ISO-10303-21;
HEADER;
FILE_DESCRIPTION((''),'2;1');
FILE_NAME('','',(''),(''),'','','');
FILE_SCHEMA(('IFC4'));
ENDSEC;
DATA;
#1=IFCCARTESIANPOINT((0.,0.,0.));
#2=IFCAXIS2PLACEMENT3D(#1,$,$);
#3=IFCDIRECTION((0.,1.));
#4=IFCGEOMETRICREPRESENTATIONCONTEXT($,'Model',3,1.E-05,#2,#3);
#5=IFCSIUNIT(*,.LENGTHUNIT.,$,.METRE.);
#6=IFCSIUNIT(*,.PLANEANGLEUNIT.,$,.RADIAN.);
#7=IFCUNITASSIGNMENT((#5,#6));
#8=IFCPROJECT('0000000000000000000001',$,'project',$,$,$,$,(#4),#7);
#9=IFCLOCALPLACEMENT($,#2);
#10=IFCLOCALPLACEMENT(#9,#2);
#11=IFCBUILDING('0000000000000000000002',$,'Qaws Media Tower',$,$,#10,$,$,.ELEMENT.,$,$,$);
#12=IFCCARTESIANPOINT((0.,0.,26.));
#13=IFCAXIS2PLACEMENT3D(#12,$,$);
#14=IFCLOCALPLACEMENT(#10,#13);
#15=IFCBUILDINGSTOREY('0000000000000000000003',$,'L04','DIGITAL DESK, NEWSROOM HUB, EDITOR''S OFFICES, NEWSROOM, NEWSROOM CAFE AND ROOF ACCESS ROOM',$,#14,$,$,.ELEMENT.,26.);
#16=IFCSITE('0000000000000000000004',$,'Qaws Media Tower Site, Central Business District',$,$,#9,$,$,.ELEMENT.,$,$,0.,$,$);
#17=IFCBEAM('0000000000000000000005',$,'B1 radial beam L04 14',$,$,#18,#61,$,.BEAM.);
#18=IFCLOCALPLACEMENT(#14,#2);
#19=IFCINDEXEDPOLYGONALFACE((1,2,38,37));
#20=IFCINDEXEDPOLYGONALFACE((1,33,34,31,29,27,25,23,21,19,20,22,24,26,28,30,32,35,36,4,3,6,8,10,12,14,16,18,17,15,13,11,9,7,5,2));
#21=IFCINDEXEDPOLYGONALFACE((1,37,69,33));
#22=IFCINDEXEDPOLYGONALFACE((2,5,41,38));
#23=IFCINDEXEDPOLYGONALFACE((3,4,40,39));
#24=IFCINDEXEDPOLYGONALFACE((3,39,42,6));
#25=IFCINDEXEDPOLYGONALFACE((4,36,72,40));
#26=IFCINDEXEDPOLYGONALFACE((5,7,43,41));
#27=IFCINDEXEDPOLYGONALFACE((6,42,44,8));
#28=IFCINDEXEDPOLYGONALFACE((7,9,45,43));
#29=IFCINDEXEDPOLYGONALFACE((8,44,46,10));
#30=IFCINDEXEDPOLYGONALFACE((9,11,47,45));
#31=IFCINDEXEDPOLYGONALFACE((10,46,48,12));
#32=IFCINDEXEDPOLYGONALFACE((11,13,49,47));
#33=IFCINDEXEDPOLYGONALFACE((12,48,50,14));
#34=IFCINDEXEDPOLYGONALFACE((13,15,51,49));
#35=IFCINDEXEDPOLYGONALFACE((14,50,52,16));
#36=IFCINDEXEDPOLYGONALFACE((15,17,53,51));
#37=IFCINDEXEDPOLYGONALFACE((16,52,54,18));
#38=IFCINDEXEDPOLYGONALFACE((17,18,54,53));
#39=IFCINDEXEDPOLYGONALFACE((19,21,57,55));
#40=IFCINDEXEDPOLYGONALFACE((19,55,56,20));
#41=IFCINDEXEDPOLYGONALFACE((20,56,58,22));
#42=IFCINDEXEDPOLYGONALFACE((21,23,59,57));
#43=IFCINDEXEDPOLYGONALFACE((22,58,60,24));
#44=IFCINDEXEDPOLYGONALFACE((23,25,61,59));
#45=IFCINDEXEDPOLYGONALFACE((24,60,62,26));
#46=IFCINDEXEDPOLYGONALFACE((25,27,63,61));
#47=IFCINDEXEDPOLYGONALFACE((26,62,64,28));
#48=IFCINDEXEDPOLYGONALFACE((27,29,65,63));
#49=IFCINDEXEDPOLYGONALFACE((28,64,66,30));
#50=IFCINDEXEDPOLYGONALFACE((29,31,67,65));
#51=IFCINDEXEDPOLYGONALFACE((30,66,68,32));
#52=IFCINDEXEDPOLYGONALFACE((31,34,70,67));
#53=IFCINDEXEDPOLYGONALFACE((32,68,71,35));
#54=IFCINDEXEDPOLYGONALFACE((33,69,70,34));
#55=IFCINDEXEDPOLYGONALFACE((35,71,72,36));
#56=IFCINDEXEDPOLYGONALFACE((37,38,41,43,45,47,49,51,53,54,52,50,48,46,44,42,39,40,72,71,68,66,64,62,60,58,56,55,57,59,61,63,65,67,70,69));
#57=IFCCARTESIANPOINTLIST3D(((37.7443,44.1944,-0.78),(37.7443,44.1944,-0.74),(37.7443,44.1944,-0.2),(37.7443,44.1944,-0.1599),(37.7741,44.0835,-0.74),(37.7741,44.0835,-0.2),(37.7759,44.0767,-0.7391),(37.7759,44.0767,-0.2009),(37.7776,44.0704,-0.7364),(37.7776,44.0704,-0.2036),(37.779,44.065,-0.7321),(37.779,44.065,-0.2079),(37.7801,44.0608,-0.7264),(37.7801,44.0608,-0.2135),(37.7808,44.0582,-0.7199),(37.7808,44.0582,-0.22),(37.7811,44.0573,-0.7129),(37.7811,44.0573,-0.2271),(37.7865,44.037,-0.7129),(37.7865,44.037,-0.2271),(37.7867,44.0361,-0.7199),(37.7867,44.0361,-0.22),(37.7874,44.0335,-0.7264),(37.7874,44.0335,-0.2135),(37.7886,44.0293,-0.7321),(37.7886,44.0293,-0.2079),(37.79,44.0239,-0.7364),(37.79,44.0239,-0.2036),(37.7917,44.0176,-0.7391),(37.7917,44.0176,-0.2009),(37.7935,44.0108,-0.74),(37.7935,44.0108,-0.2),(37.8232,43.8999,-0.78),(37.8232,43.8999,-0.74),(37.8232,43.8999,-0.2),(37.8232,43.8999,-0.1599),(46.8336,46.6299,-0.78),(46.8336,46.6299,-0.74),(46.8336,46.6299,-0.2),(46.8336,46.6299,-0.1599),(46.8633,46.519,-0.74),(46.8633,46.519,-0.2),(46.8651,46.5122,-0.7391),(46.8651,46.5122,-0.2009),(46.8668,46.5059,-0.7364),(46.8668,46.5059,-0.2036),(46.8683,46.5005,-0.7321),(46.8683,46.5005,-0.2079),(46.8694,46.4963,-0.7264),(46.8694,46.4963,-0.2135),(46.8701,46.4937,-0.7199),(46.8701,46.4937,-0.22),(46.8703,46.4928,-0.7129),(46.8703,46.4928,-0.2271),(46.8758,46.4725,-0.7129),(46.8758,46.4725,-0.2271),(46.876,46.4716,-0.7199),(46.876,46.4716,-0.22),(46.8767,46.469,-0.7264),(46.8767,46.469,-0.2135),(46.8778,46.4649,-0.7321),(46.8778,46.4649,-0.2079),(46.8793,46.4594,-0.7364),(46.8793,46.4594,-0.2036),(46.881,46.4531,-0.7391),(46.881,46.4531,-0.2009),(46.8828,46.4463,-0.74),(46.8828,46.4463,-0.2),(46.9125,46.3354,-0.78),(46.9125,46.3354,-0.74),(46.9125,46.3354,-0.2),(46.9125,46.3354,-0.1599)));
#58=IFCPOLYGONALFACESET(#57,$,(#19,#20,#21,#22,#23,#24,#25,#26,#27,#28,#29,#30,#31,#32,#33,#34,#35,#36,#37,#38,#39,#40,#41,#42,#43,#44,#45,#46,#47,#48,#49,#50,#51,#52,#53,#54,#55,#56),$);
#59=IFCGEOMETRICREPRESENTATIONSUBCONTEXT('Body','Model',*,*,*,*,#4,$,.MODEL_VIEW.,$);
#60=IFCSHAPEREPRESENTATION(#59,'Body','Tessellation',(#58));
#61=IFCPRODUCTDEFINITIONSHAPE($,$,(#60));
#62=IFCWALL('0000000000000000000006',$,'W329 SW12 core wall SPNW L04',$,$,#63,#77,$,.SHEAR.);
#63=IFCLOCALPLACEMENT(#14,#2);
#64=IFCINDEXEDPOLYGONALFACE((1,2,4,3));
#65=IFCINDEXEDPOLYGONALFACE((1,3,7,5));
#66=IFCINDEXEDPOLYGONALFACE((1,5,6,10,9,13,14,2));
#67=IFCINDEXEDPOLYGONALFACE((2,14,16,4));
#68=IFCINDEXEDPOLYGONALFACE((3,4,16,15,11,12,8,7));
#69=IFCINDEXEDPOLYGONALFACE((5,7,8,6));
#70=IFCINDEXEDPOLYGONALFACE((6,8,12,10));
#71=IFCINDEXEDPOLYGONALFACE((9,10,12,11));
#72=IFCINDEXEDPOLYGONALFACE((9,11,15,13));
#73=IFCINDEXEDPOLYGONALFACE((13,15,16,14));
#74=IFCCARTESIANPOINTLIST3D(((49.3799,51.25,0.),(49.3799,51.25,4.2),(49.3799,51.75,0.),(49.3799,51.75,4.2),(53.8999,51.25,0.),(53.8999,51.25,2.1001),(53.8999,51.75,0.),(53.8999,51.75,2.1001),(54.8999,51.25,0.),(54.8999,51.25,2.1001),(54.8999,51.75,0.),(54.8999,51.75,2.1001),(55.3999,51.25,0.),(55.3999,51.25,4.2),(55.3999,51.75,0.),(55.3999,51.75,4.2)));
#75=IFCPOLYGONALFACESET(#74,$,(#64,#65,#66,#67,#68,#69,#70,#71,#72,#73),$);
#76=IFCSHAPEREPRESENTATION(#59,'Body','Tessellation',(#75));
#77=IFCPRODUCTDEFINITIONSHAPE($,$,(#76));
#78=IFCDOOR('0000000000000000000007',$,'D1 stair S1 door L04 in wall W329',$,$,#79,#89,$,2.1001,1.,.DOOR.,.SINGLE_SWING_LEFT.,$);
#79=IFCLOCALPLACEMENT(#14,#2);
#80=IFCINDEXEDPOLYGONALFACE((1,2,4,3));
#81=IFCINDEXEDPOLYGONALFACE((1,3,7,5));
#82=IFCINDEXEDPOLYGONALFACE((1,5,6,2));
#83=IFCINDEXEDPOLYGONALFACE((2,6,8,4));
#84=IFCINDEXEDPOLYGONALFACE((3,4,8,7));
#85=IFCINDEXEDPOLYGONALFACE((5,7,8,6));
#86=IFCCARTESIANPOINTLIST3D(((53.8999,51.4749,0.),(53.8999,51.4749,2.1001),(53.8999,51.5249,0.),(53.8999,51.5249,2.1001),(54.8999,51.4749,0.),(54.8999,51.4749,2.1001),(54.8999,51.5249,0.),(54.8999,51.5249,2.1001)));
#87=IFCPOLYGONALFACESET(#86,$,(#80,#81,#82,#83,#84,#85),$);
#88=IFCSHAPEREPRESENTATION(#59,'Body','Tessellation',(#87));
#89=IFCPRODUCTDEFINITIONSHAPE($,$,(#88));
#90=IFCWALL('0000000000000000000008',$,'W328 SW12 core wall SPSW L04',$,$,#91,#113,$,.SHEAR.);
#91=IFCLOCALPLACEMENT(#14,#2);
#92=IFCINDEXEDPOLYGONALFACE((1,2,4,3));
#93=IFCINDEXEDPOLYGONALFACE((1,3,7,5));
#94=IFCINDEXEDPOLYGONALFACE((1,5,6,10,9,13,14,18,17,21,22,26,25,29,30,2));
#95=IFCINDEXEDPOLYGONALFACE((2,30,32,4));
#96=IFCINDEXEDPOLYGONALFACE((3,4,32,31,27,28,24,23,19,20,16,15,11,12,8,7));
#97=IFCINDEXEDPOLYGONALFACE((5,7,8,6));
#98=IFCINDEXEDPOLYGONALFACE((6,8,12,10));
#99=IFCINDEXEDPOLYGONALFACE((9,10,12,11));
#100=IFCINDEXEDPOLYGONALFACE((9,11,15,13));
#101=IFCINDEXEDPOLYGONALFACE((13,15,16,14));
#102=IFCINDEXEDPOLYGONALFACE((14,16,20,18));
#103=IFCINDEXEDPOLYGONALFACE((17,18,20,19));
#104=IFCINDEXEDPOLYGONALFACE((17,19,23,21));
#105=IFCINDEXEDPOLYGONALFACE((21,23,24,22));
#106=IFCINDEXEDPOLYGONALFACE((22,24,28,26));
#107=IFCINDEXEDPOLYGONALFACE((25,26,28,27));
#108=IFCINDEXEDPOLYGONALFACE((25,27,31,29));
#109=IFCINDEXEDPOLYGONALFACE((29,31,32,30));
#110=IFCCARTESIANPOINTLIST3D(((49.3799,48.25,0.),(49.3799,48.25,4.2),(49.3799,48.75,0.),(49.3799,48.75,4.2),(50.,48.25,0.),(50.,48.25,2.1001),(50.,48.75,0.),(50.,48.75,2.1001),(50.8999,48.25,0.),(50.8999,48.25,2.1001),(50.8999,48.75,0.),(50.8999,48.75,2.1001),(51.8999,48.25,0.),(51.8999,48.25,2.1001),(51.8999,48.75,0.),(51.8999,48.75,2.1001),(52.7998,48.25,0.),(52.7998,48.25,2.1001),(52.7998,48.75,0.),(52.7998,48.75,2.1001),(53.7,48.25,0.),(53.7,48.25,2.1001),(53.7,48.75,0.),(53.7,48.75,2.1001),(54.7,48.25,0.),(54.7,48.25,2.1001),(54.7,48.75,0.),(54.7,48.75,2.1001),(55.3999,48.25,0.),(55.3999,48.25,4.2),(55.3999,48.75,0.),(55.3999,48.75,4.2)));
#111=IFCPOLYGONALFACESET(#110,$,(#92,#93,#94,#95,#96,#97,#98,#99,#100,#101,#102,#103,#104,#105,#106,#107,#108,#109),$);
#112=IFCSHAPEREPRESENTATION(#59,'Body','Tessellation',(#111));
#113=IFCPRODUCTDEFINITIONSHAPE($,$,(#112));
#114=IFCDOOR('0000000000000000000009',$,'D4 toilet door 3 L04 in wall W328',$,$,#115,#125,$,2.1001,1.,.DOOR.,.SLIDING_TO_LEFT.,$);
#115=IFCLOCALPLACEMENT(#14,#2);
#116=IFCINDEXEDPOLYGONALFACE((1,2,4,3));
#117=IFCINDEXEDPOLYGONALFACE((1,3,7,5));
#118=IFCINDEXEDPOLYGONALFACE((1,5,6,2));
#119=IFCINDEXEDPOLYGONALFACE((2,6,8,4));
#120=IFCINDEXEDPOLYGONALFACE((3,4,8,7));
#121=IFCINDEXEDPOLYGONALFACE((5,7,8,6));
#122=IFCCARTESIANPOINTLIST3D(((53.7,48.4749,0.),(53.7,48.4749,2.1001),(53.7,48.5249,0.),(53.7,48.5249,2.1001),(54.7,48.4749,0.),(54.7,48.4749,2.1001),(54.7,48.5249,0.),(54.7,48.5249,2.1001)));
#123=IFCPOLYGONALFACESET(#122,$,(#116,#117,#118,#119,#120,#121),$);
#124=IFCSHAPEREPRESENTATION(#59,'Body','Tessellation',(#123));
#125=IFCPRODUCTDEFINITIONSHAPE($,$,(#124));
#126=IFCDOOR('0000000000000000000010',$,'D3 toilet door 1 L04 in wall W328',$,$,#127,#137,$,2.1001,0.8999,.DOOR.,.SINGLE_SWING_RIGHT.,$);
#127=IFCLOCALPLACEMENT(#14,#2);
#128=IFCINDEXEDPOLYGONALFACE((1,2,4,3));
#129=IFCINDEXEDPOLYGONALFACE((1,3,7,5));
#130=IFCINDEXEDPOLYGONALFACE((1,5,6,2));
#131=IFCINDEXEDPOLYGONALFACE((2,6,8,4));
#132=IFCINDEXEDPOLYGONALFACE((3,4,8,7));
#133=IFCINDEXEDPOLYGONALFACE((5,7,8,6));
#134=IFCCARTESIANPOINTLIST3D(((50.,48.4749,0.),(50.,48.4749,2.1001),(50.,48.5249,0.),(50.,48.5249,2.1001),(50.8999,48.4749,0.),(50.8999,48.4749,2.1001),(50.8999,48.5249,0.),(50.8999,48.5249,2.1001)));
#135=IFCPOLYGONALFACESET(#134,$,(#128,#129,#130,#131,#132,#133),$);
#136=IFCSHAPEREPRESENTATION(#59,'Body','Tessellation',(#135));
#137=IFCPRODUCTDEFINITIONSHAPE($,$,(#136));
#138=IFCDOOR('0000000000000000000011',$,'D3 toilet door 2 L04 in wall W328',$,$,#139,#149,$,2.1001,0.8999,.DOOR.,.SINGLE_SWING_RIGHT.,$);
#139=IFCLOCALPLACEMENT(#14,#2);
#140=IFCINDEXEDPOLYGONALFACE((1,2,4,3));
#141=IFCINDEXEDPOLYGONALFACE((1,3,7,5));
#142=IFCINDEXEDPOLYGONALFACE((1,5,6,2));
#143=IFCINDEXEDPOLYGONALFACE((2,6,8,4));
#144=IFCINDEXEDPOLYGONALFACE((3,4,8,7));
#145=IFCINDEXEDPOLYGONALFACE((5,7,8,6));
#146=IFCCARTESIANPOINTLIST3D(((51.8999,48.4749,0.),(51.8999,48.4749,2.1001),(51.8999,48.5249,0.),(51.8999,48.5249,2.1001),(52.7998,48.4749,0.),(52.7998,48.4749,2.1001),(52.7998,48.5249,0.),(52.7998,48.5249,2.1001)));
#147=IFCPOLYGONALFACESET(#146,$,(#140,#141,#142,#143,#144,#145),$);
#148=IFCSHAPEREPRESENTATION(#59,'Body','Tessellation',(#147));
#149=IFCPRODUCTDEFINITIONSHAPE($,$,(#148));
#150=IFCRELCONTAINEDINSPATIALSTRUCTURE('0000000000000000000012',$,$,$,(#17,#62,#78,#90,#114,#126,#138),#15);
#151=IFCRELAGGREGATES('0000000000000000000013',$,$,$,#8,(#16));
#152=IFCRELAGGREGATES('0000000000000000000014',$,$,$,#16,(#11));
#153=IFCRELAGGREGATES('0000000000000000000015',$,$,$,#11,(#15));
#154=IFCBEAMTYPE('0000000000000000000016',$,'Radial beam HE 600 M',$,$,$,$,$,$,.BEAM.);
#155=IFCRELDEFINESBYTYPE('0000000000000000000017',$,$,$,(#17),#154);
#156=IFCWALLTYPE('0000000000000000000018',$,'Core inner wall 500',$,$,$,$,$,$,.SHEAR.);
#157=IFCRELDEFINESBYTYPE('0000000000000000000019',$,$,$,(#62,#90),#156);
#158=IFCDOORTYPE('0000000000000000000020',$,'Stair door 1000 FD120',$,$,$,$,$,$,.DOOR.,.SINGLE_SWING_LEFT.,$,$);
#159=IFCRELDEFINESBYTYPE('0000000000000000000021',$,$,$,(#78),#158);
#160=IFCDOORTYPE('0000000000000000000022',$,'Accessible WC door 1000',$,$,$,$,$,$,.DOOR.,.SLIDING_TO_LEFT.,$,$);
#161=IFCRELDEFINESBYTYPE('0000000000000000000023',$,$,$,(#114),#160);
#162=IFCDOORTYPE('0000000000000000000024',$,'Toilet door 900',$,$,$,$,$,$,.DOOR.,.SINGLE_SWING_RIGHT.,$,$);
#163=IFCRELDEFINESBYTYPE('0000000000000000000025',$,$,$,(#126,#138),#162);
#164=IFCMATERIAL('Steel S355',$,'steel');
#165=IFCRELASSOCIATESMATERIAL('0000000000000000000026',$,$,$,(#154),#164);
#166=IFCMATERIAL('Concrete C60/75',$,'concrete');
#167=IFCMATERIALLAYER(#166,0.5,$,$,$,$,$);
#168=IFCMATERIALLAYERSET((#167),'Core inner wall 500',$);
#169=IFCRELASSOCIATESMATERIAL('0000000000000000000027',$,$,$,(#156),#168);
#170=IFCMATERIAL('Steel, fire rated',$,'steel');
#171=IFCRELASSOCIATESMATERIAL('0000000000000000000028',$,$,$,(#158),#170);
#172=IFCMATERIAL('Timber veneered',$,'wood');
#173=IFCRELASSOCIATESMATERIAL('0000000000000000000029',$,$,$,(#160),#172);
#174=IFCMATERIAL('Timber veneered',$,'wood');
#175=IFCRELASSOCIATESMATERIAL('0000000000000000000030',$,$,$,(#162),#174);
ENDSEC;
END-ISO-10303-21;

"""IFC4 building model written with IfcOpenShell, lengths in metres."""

from ifc_helpers import new_model, si_unit, direction, frame, frame_2d, origin, origin_2d, place, context, subcontext, project, spatial, rectangle, i_section, extrude, material, layer, layer_set, material_profile, profile_set, type_object, element, fill, save


model = new_model("IFC4")

# Units and contexts
model_context = context("Model", 3, precision=1e-05, world=origin(), true_north=direction((0.0, 1.0)))
body_context = subcontext(model_context, "Body", "Model", "MODEL_VIEW")
ifc_project = project(units=[si_unit("LENGTHUNIT", "METRE"), si_unit("PLANEANGLEUNIT", "RADIAN")], contexts=[model_context])

# Site, building, storey
site_placement = place(None, origin())
site = spatial("IfcSite", under=ifc_project, at=site_placement, Name="Qaws Media Tower Site, Central Business District", CompositionType="ELEMENT", RefElevation=0.0)
building_placement = place(site_placement, origin())
building = spatial("IfcBuilding", under=site, at=building_placement, Name="Qaws Media Tower", CompositionType="ELEMENT")
storey_placement = place(building_placement, frame((0.0, 0.0, 26.0)))
storey = spatial("IfcBuildingStorey", under=building, at=storey_placement, Name="L04", Description="DIGITAL DESK, NEWSROOM HUB, EDITOR'S OFFICES, NEWSROOM, NEWSROOM CAFE AND ROOF ACCESS ROOM", CompositionType="ELEMENT", Elevation=26.0)

# Beam
ifc_material_1 = material(Name="Steel S355", Category="steel")
ifc_material_profile_1 = material_profile(ifc_material_1, i_section(OverallWidth=0.3049, OverallDepth=0.6201, WebThickness=0.021, FlangeThickness=0.04, FilletRadius=0.0271, at=origin_2d()), Name="HE 600 M")
ifc_profile_set_1 = profile_set([ifc_material_profile_1], Name="Steel S355")
beam_type_1 = type_object("IfcBeamType", Name="Radial beam HE 600 M", PredefinedType="BEAM", material=ifc_profile_set_1)
beam_1_placement = place(storey_placement, frame((46.873, 46.4827, -0.47), z_axis=(-0.965924, -0.258825, 0.0), x_axis=(0.258825, -0.965924, 0.0)))
element("IfcBeam", 1, at=beam_1_placement, inside=storey, type_object=beam_type_1, Name="B1 radial beam L04 14", PredefinedType="BEAM", context=body_context, shape_type="SweptSolid", body=[
    extrude(i_section(OverallWidth=0.3049, OverallDepth=0.6201, WebThickness=0.021, FlangeThickness=0.04, FilletRadius=0.0271, at=origin_2d()), origin(), (0.0, 0.0, 1.0), 9.4099),
])

# Wall, opening, door
ifc_material_2 = material(Name="Concrete C60/75", Category="concrete")
ifc_layer_1 = layer(ifc_material_2, 0.5)
ifc_layer_set_1 = layer_set([ifc_layer_1], Name="Core inner wall 500")
wall_type_1 = type_object("IfcWallType", Name="Core inner wall 500", PredefinedType="SHEAR", material=ifc_layer_set_1)
wall_1_placement = place(storey_placement, frame((49.3799, 51.5, 0.0), z_axis=(0.0, 0.0, 1.0), x_axis=(1.0, 0.0, 0.0)))
wall_1 = element("IfcWall", 2, at=wall_1_placement, inside=storey, type_object=wall_type_1, Name="W329 SW12 core wall SPNW L04", PredefinedType="SHEAR", context=body_context, shape_type="SweptSolid", body=[
    extrude(rectangle(XDim=6.02, YDim=0.5, at=frame_2d((3.01, 0.0))), origin(), (0.0, 0.0, 1.0), 4.2),
])
opening_1_placement = place(wall_1_placement, frame((4.52, 0.0, 0.0)))
opening_1 = element("IfcOpeningElement", 3, at=opening_1_placement, cuts=wall_1, PredefinedType="OPENING", context=body_context, shape_type="SweptSolid", body=[
    extrude(rectangle(XDim=1.0, YDim=2.1001, at=frame_2d((0.5, 1.05))), frame((0.0, 0.26, 0.0), z_axis=(0.0, -1.0, 0.0), x_axis=(1.0, 0.0, 0.0)), (0.0, 0.0, 1.0), 0.52),
])
ifc_material_3 = material(Name="Steel, fire rated", Category="steel")
door_type_1 = type_object("IfcDoorType", Name="Stair door 1000 FD120", OperationType="SINGLE_SWING_LEFT", PredefinedType="DOOR", material=ifc_material_3)
door_1_placement = place(opening_1_placement, origin())
door_1 = element("IfcDoor", 4, at=door_1_placement, inside=storey, type_object=door_type_1, Name="D1 stair S1 door L04 in wall W329", OperationType="SINGLE_SWING_LEFT", OverallHeight=2.1001, OverallWidth=1.0, PredefinedType="DOOR", context=body_context, shape_type="SweptSolid", body=[
    extrude(rectangle(XDim=1.0, YDim=2.1001, at=frame_2d((0.5, 1.05))), frame((0.0, 0.0249, 0.0), z_axis=(0.0, -1.0, 0.0), x_axis=(1.0, 0.0, 0.0)), (0.0, 0.0, 1.0), 0.05),
])
fill(opening_1, door_1)

# Wall, openings, doors
wall_2_placement = place(storey_placement, frame((49.3799, 48.5, 0.0), z_axis=(0.0, 0.0, 1.0), x_axis=(1.0, 0.0, 0.0)))
wall_2 = element("IfcWall", 5, at=wall_2_placement, inside=storey, type_object=wall_type_1, Name="W328 SW12 core wall SPSW L04", PredefinedType="SHEAR", context=body_context, shape_type="SweptSolid", body=[
    extrude(rectangle(XDim=6.02, YDim=0.5, at=frame_2d((3.01, 0.0))), origin(), (0.0, 0.0, 1.0), 4.2),
])
opening_2_placement = place(wall_2_placement, frame((0.6201, 0.0, 0.0)))
opening_2 = element("IfcOpeningElement", 6, at=opening_2_placement, cuts=wall_2, PredefinedType="OPENING", context=body_context, shape_type="SweptSolid", body=[
    extrude(rectangle(XDim=0.8999, YDim=2.1001, at=frame_2d((0.45, 1.05))), frame((0.0, 0.26, 0.0), z_axis=(0.0, -1.0, 0.0), x_axis=(1.0, 0.0, 0.0)), (0.0, 0.0, 1.0), 0.52),
])
opening_3_placement = place(wall_2_placement, frame((2.52, 0.0, 0.0)))
opening_3 = element("IfcOpeningElement", 7, at=opening_3_placement, cuts=wall_2, PredefinedType="OPENING", context=body_context, shape_type="SweptSolid", body=[
    extrude(rectangle(XDim=0.8999, YDim=2.1001, at=frame_2d((0.45, 1.05))), frame((0.0, 0.26, 0.0), z_axis=(0.0, -1.0, 0.0), x_axis=(1.0, 0.0, 0.0)), (0.0, 0.0, 1.0), 0.52),
])
opening_4_placement = place(wall_2_placement, frame((4.3201, 0.0, 0.0)))
opening_4 = element("IfcOpeningElement", 8, at=opening_4_placement, cuts=wall_2, PredefinedType="OPENING", context=body_context, shape_type="SweptSolid", body=[
    extrude(rectangle(XDim=1.0, YDim=2.1001, at=frame_2d((0.5, 1.05))), frame((0.0, 0.26, 0.0), z_axis=(0.0, -1.0, 0.0), x_axis=(1.0, 0.0, 0.0)), (0.0, 0.0, 1.0), 0.52),
])
ifc_material_4 = material(Name="Timber veneered", Category="wood")
door_type_2 = type_object("IfcDoorType", Name="Accessible WC door 1000", OperationType="SLIDING_TO_LEFT", PredefinedType="DOOR", material=ifc_material_4)
door_2_placement = place(opening_4_placement, origin())
door_2 = element("IfcDoor", 9, at=door_2_placement, inside=storey, type_object=door_type_2, Name="D4 toilet door 3 L04 in wall W328", OperationType="SLIDING_TO_LEFT", OverallHeight=2.1001, OverallWidth=1.0, PredefinedType="DOOR", context=body_context, shape_type="SweptSolid", body=[
    extrude(rectangle(XDim=1.0, YDim=2.1001, at=frame_2d((0.5, 1.05))), frame((0.0, 0.0249, 0.0), z_axis=(0.0, -1.0, 0.0), x_axis=(1.0, 0.0, 0.0)), (0.0, 0.0, 1.0), 0.05),
])
fill(opening_4, door_2)
ifc_material_5 = material(Name="Timber veneered", Category="wood")
door_type_3 = type_object("IfcDoorType", Name="Toilet door 900", OperationType="SINGLE_SWING_RIGHT", PredefinedType="DOOR", material=ifc_material_5)
door_3_placement = place(opening_2_placement, origin())
door_3 = element("IfcDoor", 10, at=door_3_placement, inside=storey, type_object=door_type_3, Name="D3 toilet door 1 L04 in wall W328", OperationType="SINGLE_SWING_RIGHT", OverallHeight=2.1001, OverallWidth=0.8999, PredefinedType="DOOR", context=body_context, shape_type="SweptSolid", body=[
    extrude(rectangle(XDim=0.8999, YDim=2.1001, at=frame_2d((0.45, 1.05))), frame((0.0, 0.0249, 0.0), z_axis=(0.0, -1.0, 0.0), x_axis=(1.0, 0.0, 0.0)), (0.0, 0.0, 1.0), 0.05),
])
fill(opening_2, door_3)
door_4_placement = place(opening_3_placement, origin())
door_4 = element("IfcDoor", 11, at=door_4_placement, inside=storey, type_object=door_type_3, Name="D3 toilet door 2 L04 in wall W328", OperationType="SINGLE_SWING_RIGHT", OverallHeight=2.1001, OverallWidth=0.8999, PredefinedType="DOOR", context=body_context, shape_type="SweptSolid", body=[
    extrude(rectangle(XDim=0.8999, YDim=2.1001, at=frame_2d((0.45, 1.05))), frame((0.0, 0.0249, 0.0), z_axis=(0.0, -1.0, 0.0), x_axis=(1.0, 0.0, 0.0)), (0.0, 0.0, 1.0), 0.05),
])
fill(opening_3, door_4)

save(model, "model.ifc")
